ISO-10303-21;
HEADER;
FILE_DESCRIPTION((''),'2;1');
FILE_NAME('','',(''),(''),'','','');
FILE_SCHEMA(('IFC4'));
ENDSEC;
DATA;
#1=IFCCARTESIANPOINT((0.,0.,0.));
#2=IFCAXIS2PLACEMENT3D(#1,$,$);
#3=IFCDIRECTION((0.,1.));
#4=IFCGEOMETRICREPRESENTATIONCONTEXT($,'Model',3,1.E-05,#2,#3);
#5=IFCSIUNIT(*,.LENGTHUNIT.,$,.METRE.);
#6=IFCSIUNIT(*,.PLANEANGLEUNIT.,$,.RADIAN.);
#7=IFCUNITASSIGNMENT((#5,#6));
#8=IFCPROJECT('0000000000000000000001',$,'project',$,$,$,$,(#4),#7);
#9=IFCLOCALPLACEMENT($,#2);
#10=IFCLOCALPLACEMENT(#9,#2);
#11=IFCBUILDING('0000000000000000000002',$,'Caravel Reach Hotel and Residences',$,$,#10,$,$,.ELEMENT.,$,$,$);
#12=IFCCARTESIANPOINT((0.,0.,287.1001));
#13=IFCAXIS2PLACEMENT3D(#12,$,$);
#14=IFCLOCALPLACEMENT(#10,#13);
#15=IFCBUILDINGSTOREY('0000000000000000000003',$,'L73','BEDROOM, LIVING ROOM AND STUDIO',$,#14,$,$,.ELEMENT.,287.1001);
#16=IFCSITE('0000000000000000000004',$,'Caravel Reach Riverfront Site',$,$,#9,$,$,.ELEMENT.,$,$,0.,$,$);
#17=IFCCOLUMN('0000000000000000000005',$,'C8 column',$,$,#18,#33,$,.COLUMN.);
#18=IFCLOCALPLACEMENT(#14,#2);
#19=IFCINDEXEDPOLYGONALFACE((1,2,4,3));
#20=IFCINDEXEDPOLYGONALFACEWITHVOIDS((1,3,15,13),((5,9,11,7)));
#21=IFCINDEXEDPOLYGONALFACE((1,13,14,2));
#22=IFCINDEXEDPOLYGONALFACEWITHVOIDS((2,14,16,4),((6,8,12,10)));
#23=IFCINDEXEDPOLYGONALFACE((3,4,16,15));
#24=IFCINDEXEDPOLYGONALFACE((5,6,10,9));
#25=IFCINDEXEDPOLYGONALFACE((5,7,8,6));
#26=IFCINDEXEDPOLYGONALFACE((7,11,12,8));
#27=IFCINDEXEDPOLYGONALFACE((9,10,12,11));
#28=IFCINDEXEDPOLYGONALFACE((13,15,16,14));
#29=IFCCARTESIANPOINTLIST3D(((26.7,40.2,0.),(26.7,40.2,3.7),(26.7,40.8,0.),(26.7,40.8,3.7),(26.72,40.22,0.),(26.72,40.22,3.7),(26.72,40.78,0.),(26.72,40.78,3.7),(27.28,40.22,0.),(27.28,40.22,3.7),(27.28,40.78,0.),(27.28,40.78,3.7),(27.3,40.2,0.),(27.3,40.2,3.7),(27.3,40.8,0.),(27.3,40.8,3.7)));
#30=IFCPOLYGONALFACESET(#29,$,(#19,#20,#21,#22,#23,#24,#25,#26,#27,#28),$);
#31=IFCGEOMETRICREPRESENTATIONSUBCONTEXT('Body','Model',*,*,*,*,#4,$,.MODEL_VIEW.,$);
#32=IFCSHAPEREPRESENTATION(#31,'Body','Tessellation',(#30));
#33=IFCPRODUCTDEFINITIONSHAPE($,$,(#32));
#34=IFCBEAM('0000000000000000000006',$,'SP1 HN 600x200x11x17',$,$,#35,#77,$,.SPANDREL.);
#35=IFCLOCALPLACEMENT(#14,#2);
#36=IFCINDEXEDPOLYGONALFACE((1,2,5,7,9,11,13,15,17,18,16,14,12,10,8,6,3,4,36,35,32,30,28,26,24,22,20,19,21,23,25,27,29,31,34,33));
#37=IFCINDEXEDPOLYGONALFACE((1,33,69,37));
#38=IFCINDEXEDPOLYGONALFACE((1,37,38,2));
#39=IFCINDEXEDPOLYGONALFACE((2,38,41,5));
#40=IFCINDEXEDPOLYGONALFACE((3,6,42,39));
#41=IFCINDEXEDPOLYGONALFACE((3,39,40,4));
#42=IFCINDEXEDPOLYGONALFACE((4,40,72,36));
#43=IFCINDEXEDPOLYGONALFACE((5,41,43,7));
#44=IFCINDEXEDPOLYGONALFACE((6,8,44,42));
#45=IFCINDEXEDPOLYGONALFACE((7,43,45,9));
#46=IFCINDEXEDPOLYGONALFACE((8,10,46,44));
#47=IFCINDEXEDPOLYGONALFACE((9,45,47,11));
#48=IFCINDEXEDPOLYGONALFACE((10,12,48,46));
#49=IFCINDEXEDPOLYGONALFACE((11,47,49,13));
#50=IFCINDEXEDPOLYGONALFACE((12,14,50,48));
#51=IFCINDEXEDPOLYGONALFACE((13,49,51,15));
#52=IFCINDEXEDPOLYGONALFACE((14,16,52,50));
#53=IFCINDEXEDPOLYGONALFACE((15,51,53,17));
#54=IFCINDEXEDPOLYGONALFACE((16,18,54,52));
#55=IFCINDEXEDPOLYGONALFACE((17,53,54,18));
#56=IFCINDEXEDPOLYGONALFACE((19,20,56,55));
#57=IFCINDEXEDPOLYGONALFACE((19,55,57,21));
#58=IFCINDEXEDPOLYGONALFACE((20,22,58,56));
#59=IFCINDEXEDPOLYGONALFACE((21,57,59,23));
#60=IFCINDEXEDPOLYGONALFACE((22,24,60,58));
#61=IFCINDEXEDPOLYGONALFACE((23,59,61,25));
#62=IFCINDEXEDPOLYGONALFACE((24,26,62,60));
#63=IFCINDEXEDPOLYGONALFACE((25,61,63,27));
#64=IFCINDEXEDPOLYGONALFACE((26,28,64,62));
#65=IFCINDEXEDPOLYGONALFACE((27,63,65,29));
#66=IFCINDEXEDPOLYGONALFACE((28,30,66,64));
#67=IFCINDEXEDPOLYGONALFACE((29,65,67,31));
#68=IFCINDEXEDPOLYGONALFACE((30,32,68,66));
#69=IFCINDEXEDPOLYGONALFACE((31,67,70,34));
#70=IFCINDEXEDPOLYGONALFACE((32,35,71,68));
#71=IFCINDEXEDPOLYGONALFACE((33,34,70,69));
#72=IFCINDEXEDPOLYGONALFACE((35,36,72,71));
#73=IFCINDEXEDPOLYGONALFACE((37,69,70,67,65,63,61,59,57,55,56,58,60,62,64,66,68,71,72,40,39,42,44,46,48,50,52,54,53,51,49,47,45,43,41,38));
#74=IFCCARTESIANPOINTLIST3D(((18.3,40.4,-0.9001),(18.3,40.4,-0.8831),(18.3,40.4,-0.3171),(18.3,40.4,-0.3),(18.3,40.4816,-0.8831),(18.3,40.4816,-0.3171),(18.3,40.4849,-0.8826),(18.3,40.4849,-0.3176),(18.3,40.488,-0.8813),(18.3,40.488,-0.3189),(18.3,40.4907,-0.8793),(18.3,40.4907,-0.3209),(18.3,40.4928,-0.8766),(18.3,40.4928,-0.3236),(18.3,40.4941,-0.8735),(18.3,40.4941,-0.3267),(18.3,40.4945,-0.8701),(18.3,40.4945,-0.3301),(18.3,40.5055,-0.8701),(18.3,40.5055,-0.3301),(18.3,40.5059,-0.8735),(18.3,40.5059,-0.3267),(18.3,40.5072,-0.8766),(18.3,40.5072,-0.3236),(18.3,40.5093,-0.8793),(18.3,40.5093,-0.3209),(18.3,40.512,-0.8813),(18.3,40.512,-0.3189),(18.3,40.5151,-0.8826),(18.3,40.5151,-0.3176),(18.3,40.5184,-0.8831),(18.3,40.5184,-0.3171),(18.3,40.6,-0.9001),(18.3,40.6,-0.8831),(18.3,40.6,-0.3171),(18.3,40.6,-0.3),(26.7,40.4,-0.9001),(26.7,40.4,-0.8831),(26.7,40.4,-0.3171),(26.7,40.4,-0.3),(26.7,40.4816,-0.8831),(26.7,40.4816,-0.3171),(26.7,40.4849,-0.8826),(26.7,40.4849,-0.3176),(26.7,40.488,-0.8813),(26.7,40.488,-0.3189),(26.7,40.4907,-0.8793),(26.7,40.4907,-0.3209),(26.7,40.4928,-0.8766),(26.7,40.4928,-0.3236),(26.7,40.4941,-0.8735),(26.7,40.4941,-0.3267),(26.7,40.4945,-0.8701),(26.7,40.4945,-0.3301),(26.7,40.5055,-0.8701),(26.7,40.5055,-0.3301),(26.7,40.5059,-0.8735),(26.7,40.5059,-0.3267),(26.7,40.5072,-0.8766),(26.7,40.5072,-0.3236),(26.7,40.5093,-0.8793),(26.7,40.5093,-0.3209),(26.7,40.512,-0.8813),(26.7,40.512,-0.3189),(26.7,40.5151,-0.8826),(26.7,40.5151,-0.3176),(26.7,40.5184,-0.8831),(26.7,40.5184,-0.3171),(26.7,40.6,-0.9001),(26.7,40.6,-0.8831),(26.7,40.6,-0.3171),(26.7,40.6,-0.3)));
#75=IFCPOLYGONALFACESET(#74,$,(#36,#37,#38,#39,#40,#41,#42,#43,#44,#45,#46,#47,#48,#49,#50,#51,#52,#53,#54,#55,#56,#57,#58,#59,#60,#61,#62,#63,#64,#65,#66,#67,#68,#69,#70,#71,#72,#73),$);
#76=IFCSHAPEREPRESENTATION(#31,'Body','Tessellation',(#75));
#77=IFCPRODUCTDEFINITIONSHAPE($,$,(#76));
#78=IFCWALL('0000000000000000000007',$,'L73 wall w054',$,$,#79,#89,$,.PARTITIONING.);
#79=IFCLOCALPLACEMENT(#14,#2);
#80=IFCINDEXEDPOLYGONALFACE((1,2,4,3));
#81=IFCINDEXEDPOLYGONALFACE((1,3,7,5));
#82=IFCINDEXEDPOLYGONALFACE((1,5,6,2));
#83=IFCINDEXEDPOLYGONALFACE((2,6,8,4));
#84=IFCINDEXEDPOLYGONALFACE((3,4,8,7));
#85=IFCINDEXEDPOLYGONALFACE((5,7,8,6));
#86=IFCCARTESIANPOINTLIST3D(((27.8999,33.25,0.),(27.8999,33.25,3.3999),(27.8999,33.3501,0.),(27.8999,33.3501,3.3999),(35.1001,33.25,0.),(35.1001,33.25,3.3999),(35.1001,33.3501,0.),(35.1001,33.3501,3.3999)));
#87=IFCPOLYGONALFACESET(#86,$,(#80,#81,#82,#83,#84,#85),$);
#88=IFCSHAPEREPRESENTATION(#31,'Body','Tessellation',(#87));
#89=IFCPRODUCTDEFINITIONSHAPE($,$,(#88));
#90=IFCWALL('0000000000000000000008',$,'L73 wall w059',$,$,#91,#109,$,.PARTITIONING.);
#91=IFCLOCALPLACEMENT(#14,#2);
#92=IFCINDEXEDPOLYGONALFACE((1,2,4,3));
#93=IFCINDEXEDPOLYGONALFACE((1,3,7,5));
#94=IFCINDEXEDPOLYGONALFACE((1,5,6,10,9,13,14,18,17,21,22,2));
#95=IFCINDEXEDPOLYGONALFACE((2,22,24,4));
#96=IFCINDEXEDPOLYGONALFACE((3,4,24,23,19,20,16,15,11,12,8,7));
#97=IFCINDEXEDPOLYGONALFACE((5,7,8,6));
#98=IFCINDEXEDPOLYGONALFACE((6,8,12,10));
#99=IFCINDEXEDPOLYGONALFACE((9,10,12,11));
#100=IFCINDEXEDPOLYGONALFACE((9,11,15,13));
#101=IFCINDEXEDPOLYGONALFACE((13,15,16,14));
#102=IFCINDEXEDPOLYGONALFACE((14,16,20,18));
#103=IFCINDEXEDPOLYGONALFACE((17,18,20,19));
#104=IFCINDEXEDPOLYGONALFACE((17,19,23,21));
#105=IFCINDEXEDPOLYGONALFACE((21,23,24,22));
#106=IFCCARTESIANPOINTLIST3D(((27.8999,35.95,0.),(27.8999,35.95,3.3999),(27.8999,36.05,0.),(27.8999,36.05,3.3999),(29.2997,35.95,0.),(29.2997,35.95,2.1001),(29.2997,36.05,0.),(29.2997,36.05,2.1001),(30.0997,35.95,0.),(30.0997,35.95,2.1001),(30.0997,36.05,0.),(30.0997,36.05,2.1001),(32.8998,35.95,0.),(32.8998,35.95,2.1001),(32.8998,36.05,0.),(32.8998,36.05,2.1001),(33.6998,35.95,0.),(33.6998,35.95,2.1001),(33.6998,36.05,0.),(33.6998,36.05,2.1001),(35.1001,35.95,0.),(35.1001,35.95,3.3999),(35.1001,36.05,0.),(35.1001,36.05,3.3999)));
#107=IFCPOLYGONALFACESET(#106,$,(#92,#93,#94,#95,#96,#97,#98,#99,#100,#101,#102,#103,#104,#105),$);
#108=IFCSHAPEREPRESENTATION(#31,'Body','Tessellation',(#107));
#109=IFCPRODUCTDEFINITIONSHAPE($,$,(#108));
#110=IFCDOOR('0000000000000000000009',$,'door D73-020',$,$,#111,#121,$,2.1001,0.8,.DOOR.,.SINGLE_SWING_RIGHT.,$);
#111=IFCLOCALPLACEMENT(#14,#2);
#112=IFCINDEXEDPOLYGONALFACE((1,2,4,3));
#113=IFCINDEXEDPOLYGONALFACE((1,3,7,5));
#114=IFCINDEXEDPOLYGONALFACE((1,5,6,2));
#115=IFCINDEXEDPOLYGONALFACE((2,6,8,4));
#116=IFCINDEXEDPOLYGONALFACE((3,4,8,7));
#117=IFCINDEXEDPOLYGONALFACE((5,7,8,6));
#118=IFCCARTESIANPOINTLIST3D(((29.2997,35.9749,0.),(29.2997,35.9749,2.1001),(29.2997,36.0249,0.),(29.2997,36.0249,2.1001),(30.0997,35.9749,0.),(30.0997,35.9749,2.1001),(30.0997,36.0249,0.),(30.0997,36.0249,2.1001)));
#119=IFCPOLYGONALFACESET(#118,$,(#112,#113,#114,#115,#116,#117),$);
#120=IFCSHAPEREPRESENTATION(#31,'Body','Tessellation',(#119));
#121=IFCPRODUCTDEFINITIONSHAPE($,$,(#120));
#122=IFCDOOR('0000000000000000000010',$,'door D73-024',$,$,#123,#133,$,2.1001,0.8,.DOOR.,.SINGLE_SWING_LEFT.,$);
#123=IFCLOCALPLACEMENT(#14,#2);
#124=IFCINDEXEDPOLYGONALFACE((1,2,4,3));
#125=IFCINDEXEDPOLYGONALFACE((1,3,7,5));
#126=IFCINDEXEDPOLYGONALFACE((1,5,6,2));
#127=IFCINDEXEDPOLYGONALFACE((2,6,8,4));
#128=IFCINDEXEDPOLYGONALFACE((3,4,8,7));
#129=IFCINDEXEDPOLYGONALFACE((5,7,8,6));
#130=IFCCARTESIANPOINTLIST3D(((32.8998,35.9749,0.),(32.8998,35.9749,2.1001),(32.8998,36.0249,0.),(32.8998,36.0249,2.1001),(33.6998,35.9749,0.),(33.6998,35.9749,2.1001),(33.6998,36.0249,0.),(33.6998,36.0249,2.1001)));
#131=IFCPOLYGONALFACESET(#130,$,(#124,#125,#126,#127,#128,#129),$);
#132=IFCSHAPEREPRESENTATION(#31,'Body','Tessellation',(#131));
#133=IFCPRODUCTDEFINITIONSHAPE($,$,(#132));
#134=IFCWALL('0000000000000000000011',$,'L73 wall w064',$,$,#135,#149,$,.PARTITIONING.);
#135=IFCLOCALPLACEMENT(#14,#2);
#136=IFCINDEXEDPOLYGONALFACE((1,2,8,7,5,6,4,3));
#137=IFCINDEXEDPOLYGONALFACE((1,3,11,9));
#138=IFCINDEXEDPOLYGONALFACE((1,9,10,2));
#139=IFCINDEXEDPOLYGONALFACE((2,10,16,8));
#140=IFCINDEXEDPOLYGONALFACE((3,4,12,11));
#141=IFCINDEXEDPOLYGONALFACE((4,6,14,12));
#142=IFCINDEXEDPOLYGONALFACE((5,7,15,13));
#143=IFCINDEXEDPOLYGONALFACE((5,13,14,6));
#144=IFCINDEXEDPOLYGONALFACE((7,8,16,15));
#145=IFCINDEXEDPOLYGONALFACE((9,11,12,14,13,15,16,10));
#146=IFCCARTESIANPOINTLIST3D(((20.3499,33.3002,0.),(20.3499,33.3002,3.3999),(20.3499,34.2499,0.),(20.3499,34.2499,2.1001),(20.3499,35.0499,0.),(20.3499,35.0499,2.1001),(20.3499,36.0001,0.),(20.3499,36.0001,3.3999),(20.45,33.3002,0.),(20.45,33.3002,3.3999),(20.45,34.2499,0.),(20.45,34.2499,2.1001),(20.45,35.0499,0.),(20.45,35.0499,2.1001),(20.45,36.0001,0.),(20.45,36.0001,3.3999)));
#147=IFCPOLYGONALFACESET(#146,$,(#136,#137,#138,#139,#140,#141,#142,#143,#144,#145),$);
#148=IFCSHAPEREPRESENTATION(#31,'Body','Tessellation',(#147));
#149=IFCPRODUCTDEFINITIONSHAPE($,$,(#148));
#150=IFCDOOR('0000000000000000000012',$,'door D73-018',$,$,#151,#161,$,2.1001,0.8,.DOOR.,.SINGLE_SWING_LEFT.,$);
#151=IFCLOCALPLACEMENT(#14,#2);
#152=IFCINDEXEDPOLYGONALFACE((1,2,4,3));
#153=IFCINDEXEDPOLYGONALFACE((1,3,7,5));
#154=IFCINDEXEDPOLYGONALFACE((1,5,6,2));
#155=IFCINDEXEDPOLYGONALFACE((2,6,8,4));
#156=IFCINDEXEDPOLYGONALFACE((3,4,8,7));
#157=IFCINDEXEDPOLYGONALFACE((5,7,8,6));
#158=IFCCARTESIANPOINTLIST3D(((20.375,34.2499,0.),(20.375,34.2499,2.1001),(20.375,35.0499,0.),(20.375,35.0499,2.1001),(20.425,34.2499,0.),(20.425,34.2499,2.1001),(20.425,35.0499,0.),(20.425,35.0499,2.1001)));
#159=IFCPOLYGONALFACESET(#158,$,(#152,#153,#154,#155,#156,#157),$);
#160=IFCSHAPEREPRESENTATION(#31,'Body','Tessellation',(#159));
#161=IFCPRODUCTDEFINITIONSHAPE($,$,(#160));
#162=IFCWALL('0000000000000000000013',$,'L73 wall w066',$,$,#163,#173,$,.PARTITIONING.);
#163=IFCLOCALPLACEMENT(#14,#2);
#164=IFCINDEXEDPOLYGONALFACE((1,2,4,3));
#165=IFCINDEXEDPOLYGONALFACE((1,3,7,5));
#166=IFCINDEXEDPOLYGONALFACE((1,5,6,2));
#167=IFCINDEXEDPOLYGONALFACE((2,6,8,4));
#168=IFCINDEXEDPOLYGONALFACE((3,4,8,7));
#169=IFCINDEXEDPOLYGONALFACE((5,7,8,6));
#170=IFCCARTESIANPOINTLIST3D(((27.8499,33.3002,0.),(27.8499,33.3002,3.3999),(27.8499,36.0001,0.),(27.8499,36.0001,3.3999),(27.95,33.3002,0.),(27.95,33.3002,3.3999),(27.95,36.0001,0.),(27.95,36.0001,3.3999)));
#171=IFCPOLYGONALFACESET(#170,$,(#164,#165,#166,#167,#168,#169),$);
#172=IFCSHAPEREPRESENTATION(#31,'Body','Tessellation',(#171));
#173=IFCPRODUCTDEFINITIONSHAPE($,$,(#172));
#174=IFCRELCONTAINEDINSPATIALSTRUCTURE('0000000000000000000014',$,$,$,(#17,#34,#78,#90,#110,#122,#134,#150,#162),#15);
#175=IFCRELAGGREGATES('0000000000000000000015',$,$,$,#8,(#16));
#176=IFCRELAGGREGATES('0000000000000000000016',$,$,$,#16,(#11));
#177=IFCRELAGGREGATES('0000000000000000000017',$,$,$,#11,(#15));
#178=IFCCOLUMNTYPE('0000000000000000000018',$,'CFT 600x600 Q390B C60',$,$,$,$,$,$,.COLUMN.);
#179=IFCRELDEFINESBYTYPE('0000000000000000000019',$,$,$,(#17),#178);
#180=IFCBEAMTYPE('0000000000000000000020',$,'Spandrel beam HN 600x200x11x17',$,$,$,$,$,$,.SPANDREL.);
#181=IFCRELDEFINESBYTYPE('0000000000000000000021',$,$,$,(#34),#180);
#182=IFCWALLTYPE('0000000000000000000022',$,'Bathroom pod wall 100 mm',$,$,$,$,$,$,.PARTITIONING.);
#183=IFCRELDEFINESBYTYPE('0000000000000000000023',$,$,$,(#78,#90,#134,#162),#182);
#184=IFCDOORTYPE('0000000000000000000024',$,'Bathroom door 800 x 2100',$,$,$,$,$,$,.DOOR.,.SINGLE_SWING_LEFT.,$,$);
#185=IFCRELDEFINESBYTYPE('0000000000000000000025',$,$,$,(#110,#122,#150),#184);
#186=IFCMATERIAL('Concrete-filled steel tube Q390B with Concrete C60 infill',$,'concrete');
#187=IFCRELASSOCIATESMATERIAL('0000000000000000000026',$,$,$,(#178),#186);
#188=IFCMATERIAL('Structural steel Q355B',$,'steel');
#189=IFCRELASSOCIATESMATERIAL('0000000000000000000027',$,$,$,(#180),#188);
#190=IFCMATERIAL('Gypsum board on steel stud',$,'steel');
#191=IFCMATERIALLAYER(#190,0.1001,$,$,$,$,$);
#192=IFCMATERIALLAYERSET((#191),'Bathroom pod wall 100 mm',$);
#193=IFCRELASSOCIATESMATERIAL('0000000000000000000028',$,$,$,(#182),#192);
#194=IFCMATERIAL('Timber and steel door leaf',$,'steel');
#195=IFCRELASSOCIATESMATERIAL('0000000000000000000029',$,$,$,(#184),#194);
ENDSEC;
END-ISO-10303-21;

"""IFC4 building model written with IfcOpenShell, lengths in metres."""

from ifc_helpers import new_model, si_unit, direction, frame, frame_2d, origin, origin_2d, place, context, subcontext, project, spatial, rectangle, hollow_rectangle, i_section, extrude, material, layer, layer_set, material_profile, profile_set, type_object, element, fill, save


model = new_model("IFC4")

# Units and contexts
model_context = context("Model", 3, precision=1e-05, world=origin(), true_north=direction((0.0, 1.0)))
body_context = subcontext(model_context, "Body", "Model", "MODEL_VIEW")
ifc_project = project(units=[si_unit("LENGTHUNIT", "METRE"), si_unit("PLANEANGLEUNIT", "RADIAN")], contexts=[model_context])

# Site, building, storey
site_placement = place(None, origin())
site = spatial("IfcSite", under=ifc_project, at=site_placement, Name="Caravel Reach Riverfront Site", CompositionType="ELEMENT", RefElevation=0.0)
building_placement = place(site_placement, origin())
building = spatial("IfcBuilding", under=site, at=building_placement, Name="Caravel Reach Hotel and Residences", CompositionType="ELEMENT")
storey_placement = place(building_placement, frame((0.0, 0.0, 287.1001)))
storey = spatial("IfcBuildingStorey", under=building, at=storey_placement, Name="L73", Description="BEDROOM, LIVING ROOM AND STUDIO", CompositionType="ELEMENT", Elevation=287.1001)

# Column
ifc_material_1 = material(Name="Concrete-filled steel tube Q390B with Concrete C60 infill", Category="concrete")
ifc_material_profile_1 = material_profile(ifc_material_1, hollow_rectangle(XDim=0.6001, YDim=0.6001, WallThickness=0.02, at=origin_2d()), Name="RHS 600x600x20")
ifc_profile_set_1 = profile_set([ifc_material_profile_1], Name="Concrete-filled steel tube Q390B with Concrete C60 infill")
column_type = type_object("IfcColumnType", Name="CFT 600x600 Q390B C60", PredefinedType="COLUMN", material=ifc_profile_set_1)
column_placement = place(storey_placement, frame((27.0, 40.5, 0.0), z_axis=(0.0, 0.0, 1.0), x_axis=(1.0, 0.0, 0.0)))
element("IfcColumn", 1, at=column_placement, inside=storey, type_object=column_type, Name="C8 column", PredefinedType="COLUMN", context=body_context, shape_type="SweptSolid", body=[
    extrude(hollow_rectangle(XDim=0.6001, YDim=0.6001, WallThickness=0.02, at=origin_2d()), origin(), (0.0, 0.0, 1.0), 3.7),
])

# Beam
ifc_material_2 = material(Name="Structural steel Q355B", Category="steel")
ifc_material_profile_2 = material_profile(ifc_material_2, i_section(OverallWidth=0.2, OverallDepth=0.6001, WebThickness=0.011, FlangeThickness=0.0171, FilletRadius=0.0129, at=origin_2d()), Name="HN 600x200x11x17")
ifc_profile_set_2 = profile_set([ifc_material_profile_2], Name="Structural steel Q355B")
beam_type = type_object("IfcBeamType", Name="Spandrel beam HN 600x200x11x17", PredefinedType="SPANDREL", material=ifc_profile_set_2)
beam_placement = place(storey_placement, frame((26.7, 40.5, -0.6001), z_axis=(-1.0, 0.0, 0.0), x_axis=(0.0, -1.0, 0.0)))
element("IfcBeam", 2, at=beam_placement, inside=storey, type_object=beam_type, Name="SP1 HN 600x200x11x17", PredefinedType="SPANDREL", context=body_context, shape_type="SweptSolid", body=[
    extrude(i_section(OverallWidth=0.2, OverallDepth=0.6001, WebThickness=0.011, FlangeThickness=0.0171, FilletRadius=0.0129, at=origin_2d()), origin(), (0.0, 0.0, 1.0), 8.3999),
])

# Wall
ifc_material_3 = material(Name="Gypsum board on steel stud", Category="steel")
ifc_layer_1 = layer(ifc_material_3, 0.1001)
ifc_layer_set_1 = layer_set([ifc_layer_1], Name="Bathroom pod wall 100 mm")
wall_type_1 = type_object("IfcWallType", Name="Bathroom pod wall 100 mm", PredefinedType="PARTITIONING", material=ifc_layer_set_1)
wall_1_placement = place(storey_placement, frame((27.8999, 33.3, 0.0), z_axis=(0.0, 0.0, 1.0), x_axis=(1.0, 0.0, 0.0)))
element("IfcWall", 3, at=wall_1_placement, inside=storey, type_object=wall_type_1, Name="L73 wall w054", PredefinedType="PARTITIONING", context=body_context, shape_type="SweptSolid", body=[
    extrude(rectangle(XDim=7.2002, YDim=0.1001, at=frame_2d((3.6001, 0.0))), origin(), (0.0, 0.0, 1.0), 3.3999),
])

# Wall, openings, doors
wall_2_placement = place(storey_placement, frame((27.8999, 36.0, 0.0), z_axis=(0.0, 0.0, 1.0), x_axis=(1.0, 0.0, 0.0)))
wall_2 = element("IfcWall", 4, at=wall_2_placement, inside=storey, type_object=wall_type_1, Name="L73 wall w059", PredefinedType="PARTITIONING", context=body_context, shape_type="SweptSolid", body=[
    extrude(rectangle(XDim=7.2002, YDim=0.1001, at=frame_2d((3.6001, 0.0))), origin(), (0.0, 0.0, 1.0), 3.3999),
])
opening_1_placement = place(wall_2_placement, frame((1.3999, 0.0, 0.0)))
opening_1 = element("IfcOpeningElement", 5, at=opening_1_placement, cuts=wall_2, PredefinedType="OPENING", context=body_context, shape_type="SweptSolid", body=[
    extrude(rectangle(XDim=0.8, YDim=2.1001, at=frame_2d((0.3999, 1.05))), frame((0.0, 0.0601, 0.0), z_axis=(0.0, -1.0, 0.0), x_axis=(1.0, 0.0, 0.0)), (0.0, 0.0, 1.0), 0.1201),
])
opening_2_placement = place(wall_2_placement, frame((5.0, 0.0, 0.0)))
opening_2 = element("IfcOpeningElement", 6, at=opening_2_placement, cuts=wall_2, PredefinedType="OPENING", context=body_context, shape_type="SweptSolid", body=[
    extrude(rectangle(XDim=0.8, YDim=2.1001, at=frame_2d((0.3999, 1.05))), frame((0.0, 0.0601, 0.0), z_axis=(0.0, -1.0, 0.0), x_axis=(1.0, 0.0, 0.0)), (0.0, 0.0, 1.0), 0.1201),
])
ifc_material_4 = material(Name="Timber and steel door leaf", Category="steel")
door_type_1 = type_object("IfcDoorType", Name="Bathroom door 800 x 2100", OperationType="SINGLE_SWING_LEFT", PredefinedType="DOOR", material=ifc_material_4)
door_1_placement = place(opening_1_placement, origin())
door_1 = element("IfcDoor", 7, at=door_1_placement, inside=storey, type_object=door_type_1, Name="door D73-020", OperationType="SINGLE_SWING_RIGHT", OverallHeight=2.1001, OverallWidth=0.8, PredefinedType="DOOR", context=body_context, shape_type="SweptSolid", body=[
    extrude(rectangle(XDim=0.8, YDim=2.1001, at=frame_2d((0.3999, 1.05))), frame((0.0, 0.0249, 0.0), z_axis=(0.0, -1.0, 0.0), x_axis=(1.0, 0.0, 0.0)), (0.0, 0.0, 1.0), 0.05),
])
fill(opening_1, door_1)
door_2_placement = place(opening_2_placement, origin())
door_2 = element("IfcDoor", 8, at=door_2_placement, inside=storey, type_object=door_type_1, Name="door D73-024", OperationType="SINGLE_SWING_LEFT", OverallHeight=2.1001, OverallWidth=0.8, PredefinedType="DOOR", context=body_context, shape_type="SweptSolid", body=[
    extrude(rectangle(XDim=0.8, YDim=2.1001, at=frame_2d((0.3999, 1.05))), frame((0.0, 0.0249, 0.0), z_axis=(0.0, -1.0, 0.0), x_axis=(1.0, 0.0, 0.0)), (0.0, 0.0, 1.0), 0.05),
])
fill(opening_2, door_2)

# Wall, opening, door
wall_3_placement = place(storey_placement, frame((20.3999, 33.3, 0.0), z_axis=(0.0, 0.0, 1.0), x_axis=(0.0, 1.0, 0.0)))
wall_3 = element("IfcWall", 9, at=wall_3_placement, inside=storey, type_object=wall_type_1, Name="L73 wall w064", PredefinedType="PARTITIONING", context=body_context, shape_type="SweptSolid", body=[
    extrude(rectangle(XDim=2.7, YDim=0.1001, at=frame_2d((1.3501, 0.0))), origin(), (0.0, 0.0, 1.0), 3.3999),
])
opening_3_placement = place(wall_3_placement, frame((0.95, 0.0, 0.0)))
opening_3 = element("IfcOpeningElement", 10, at=opening_3_placement, cuts=wall_3, PredefinedType="OPENING", context=body_context, shape_type="SweptSolid", body=[
    extrude(rectangle(XDim=0.8, YDim=2.1001, at=frame_2d((0.3999, 1.05))), frame((0.0, 0.0601, 0.0), z_axis=(0.0, -1.0, 0.0), x_axis=(1.0, 0.0, 0.0)), (0.0, 0.0, 1.0), 0.1201),
])
door_3_placement = place(opening_3_placement, origin())
door_3 = element("IfcDoor", 11, at=door_3_placement, inside=storey, type_object=door_type_1, Name="door D73-018", OperationType="SINGLE_SWING_LEFT", OverallHeight=2.1001, OverallWidth=0.8, PredefinedType="DOOR", context=body_context, shape_type="SweptSolid", body=[
    extrude(rectangle(XDim=0.8, YDim=2.1001, at=frame_2d((0.3999, 1.05))), frame((0.0, 0.0249, 0.0), z_axis=(0.0, -1.0, 0.0), x_axis=(1.0, 0.0, 0.0)), (0.0, 0.0, 1.0), 0.05),
])
fill(opening_3, door_3)

# Wall
wall_4_placement = place(storey_placement, frame((27.8999, 33.3, 0.0), z_axis=(0.0, 0.0, 1.0), x_axis=(0.0, 1.0, 0.0)))
element("IfcWall", 12, at=wall_4_placement, inside=storey, type_object=wall_type_1, Name="L73 wall w066", PredefinedType="PARTITIONING", context=body_context, shape_type="SweptSolid", body=[
    extrude(rectangle(XDim=2.7, YDim=0.1001, at=frame_2d((1.3501, 0.0))), origin(), (0.0, 0.0, 1.0), 3.3999),
])

save(model, "model.ifc")
